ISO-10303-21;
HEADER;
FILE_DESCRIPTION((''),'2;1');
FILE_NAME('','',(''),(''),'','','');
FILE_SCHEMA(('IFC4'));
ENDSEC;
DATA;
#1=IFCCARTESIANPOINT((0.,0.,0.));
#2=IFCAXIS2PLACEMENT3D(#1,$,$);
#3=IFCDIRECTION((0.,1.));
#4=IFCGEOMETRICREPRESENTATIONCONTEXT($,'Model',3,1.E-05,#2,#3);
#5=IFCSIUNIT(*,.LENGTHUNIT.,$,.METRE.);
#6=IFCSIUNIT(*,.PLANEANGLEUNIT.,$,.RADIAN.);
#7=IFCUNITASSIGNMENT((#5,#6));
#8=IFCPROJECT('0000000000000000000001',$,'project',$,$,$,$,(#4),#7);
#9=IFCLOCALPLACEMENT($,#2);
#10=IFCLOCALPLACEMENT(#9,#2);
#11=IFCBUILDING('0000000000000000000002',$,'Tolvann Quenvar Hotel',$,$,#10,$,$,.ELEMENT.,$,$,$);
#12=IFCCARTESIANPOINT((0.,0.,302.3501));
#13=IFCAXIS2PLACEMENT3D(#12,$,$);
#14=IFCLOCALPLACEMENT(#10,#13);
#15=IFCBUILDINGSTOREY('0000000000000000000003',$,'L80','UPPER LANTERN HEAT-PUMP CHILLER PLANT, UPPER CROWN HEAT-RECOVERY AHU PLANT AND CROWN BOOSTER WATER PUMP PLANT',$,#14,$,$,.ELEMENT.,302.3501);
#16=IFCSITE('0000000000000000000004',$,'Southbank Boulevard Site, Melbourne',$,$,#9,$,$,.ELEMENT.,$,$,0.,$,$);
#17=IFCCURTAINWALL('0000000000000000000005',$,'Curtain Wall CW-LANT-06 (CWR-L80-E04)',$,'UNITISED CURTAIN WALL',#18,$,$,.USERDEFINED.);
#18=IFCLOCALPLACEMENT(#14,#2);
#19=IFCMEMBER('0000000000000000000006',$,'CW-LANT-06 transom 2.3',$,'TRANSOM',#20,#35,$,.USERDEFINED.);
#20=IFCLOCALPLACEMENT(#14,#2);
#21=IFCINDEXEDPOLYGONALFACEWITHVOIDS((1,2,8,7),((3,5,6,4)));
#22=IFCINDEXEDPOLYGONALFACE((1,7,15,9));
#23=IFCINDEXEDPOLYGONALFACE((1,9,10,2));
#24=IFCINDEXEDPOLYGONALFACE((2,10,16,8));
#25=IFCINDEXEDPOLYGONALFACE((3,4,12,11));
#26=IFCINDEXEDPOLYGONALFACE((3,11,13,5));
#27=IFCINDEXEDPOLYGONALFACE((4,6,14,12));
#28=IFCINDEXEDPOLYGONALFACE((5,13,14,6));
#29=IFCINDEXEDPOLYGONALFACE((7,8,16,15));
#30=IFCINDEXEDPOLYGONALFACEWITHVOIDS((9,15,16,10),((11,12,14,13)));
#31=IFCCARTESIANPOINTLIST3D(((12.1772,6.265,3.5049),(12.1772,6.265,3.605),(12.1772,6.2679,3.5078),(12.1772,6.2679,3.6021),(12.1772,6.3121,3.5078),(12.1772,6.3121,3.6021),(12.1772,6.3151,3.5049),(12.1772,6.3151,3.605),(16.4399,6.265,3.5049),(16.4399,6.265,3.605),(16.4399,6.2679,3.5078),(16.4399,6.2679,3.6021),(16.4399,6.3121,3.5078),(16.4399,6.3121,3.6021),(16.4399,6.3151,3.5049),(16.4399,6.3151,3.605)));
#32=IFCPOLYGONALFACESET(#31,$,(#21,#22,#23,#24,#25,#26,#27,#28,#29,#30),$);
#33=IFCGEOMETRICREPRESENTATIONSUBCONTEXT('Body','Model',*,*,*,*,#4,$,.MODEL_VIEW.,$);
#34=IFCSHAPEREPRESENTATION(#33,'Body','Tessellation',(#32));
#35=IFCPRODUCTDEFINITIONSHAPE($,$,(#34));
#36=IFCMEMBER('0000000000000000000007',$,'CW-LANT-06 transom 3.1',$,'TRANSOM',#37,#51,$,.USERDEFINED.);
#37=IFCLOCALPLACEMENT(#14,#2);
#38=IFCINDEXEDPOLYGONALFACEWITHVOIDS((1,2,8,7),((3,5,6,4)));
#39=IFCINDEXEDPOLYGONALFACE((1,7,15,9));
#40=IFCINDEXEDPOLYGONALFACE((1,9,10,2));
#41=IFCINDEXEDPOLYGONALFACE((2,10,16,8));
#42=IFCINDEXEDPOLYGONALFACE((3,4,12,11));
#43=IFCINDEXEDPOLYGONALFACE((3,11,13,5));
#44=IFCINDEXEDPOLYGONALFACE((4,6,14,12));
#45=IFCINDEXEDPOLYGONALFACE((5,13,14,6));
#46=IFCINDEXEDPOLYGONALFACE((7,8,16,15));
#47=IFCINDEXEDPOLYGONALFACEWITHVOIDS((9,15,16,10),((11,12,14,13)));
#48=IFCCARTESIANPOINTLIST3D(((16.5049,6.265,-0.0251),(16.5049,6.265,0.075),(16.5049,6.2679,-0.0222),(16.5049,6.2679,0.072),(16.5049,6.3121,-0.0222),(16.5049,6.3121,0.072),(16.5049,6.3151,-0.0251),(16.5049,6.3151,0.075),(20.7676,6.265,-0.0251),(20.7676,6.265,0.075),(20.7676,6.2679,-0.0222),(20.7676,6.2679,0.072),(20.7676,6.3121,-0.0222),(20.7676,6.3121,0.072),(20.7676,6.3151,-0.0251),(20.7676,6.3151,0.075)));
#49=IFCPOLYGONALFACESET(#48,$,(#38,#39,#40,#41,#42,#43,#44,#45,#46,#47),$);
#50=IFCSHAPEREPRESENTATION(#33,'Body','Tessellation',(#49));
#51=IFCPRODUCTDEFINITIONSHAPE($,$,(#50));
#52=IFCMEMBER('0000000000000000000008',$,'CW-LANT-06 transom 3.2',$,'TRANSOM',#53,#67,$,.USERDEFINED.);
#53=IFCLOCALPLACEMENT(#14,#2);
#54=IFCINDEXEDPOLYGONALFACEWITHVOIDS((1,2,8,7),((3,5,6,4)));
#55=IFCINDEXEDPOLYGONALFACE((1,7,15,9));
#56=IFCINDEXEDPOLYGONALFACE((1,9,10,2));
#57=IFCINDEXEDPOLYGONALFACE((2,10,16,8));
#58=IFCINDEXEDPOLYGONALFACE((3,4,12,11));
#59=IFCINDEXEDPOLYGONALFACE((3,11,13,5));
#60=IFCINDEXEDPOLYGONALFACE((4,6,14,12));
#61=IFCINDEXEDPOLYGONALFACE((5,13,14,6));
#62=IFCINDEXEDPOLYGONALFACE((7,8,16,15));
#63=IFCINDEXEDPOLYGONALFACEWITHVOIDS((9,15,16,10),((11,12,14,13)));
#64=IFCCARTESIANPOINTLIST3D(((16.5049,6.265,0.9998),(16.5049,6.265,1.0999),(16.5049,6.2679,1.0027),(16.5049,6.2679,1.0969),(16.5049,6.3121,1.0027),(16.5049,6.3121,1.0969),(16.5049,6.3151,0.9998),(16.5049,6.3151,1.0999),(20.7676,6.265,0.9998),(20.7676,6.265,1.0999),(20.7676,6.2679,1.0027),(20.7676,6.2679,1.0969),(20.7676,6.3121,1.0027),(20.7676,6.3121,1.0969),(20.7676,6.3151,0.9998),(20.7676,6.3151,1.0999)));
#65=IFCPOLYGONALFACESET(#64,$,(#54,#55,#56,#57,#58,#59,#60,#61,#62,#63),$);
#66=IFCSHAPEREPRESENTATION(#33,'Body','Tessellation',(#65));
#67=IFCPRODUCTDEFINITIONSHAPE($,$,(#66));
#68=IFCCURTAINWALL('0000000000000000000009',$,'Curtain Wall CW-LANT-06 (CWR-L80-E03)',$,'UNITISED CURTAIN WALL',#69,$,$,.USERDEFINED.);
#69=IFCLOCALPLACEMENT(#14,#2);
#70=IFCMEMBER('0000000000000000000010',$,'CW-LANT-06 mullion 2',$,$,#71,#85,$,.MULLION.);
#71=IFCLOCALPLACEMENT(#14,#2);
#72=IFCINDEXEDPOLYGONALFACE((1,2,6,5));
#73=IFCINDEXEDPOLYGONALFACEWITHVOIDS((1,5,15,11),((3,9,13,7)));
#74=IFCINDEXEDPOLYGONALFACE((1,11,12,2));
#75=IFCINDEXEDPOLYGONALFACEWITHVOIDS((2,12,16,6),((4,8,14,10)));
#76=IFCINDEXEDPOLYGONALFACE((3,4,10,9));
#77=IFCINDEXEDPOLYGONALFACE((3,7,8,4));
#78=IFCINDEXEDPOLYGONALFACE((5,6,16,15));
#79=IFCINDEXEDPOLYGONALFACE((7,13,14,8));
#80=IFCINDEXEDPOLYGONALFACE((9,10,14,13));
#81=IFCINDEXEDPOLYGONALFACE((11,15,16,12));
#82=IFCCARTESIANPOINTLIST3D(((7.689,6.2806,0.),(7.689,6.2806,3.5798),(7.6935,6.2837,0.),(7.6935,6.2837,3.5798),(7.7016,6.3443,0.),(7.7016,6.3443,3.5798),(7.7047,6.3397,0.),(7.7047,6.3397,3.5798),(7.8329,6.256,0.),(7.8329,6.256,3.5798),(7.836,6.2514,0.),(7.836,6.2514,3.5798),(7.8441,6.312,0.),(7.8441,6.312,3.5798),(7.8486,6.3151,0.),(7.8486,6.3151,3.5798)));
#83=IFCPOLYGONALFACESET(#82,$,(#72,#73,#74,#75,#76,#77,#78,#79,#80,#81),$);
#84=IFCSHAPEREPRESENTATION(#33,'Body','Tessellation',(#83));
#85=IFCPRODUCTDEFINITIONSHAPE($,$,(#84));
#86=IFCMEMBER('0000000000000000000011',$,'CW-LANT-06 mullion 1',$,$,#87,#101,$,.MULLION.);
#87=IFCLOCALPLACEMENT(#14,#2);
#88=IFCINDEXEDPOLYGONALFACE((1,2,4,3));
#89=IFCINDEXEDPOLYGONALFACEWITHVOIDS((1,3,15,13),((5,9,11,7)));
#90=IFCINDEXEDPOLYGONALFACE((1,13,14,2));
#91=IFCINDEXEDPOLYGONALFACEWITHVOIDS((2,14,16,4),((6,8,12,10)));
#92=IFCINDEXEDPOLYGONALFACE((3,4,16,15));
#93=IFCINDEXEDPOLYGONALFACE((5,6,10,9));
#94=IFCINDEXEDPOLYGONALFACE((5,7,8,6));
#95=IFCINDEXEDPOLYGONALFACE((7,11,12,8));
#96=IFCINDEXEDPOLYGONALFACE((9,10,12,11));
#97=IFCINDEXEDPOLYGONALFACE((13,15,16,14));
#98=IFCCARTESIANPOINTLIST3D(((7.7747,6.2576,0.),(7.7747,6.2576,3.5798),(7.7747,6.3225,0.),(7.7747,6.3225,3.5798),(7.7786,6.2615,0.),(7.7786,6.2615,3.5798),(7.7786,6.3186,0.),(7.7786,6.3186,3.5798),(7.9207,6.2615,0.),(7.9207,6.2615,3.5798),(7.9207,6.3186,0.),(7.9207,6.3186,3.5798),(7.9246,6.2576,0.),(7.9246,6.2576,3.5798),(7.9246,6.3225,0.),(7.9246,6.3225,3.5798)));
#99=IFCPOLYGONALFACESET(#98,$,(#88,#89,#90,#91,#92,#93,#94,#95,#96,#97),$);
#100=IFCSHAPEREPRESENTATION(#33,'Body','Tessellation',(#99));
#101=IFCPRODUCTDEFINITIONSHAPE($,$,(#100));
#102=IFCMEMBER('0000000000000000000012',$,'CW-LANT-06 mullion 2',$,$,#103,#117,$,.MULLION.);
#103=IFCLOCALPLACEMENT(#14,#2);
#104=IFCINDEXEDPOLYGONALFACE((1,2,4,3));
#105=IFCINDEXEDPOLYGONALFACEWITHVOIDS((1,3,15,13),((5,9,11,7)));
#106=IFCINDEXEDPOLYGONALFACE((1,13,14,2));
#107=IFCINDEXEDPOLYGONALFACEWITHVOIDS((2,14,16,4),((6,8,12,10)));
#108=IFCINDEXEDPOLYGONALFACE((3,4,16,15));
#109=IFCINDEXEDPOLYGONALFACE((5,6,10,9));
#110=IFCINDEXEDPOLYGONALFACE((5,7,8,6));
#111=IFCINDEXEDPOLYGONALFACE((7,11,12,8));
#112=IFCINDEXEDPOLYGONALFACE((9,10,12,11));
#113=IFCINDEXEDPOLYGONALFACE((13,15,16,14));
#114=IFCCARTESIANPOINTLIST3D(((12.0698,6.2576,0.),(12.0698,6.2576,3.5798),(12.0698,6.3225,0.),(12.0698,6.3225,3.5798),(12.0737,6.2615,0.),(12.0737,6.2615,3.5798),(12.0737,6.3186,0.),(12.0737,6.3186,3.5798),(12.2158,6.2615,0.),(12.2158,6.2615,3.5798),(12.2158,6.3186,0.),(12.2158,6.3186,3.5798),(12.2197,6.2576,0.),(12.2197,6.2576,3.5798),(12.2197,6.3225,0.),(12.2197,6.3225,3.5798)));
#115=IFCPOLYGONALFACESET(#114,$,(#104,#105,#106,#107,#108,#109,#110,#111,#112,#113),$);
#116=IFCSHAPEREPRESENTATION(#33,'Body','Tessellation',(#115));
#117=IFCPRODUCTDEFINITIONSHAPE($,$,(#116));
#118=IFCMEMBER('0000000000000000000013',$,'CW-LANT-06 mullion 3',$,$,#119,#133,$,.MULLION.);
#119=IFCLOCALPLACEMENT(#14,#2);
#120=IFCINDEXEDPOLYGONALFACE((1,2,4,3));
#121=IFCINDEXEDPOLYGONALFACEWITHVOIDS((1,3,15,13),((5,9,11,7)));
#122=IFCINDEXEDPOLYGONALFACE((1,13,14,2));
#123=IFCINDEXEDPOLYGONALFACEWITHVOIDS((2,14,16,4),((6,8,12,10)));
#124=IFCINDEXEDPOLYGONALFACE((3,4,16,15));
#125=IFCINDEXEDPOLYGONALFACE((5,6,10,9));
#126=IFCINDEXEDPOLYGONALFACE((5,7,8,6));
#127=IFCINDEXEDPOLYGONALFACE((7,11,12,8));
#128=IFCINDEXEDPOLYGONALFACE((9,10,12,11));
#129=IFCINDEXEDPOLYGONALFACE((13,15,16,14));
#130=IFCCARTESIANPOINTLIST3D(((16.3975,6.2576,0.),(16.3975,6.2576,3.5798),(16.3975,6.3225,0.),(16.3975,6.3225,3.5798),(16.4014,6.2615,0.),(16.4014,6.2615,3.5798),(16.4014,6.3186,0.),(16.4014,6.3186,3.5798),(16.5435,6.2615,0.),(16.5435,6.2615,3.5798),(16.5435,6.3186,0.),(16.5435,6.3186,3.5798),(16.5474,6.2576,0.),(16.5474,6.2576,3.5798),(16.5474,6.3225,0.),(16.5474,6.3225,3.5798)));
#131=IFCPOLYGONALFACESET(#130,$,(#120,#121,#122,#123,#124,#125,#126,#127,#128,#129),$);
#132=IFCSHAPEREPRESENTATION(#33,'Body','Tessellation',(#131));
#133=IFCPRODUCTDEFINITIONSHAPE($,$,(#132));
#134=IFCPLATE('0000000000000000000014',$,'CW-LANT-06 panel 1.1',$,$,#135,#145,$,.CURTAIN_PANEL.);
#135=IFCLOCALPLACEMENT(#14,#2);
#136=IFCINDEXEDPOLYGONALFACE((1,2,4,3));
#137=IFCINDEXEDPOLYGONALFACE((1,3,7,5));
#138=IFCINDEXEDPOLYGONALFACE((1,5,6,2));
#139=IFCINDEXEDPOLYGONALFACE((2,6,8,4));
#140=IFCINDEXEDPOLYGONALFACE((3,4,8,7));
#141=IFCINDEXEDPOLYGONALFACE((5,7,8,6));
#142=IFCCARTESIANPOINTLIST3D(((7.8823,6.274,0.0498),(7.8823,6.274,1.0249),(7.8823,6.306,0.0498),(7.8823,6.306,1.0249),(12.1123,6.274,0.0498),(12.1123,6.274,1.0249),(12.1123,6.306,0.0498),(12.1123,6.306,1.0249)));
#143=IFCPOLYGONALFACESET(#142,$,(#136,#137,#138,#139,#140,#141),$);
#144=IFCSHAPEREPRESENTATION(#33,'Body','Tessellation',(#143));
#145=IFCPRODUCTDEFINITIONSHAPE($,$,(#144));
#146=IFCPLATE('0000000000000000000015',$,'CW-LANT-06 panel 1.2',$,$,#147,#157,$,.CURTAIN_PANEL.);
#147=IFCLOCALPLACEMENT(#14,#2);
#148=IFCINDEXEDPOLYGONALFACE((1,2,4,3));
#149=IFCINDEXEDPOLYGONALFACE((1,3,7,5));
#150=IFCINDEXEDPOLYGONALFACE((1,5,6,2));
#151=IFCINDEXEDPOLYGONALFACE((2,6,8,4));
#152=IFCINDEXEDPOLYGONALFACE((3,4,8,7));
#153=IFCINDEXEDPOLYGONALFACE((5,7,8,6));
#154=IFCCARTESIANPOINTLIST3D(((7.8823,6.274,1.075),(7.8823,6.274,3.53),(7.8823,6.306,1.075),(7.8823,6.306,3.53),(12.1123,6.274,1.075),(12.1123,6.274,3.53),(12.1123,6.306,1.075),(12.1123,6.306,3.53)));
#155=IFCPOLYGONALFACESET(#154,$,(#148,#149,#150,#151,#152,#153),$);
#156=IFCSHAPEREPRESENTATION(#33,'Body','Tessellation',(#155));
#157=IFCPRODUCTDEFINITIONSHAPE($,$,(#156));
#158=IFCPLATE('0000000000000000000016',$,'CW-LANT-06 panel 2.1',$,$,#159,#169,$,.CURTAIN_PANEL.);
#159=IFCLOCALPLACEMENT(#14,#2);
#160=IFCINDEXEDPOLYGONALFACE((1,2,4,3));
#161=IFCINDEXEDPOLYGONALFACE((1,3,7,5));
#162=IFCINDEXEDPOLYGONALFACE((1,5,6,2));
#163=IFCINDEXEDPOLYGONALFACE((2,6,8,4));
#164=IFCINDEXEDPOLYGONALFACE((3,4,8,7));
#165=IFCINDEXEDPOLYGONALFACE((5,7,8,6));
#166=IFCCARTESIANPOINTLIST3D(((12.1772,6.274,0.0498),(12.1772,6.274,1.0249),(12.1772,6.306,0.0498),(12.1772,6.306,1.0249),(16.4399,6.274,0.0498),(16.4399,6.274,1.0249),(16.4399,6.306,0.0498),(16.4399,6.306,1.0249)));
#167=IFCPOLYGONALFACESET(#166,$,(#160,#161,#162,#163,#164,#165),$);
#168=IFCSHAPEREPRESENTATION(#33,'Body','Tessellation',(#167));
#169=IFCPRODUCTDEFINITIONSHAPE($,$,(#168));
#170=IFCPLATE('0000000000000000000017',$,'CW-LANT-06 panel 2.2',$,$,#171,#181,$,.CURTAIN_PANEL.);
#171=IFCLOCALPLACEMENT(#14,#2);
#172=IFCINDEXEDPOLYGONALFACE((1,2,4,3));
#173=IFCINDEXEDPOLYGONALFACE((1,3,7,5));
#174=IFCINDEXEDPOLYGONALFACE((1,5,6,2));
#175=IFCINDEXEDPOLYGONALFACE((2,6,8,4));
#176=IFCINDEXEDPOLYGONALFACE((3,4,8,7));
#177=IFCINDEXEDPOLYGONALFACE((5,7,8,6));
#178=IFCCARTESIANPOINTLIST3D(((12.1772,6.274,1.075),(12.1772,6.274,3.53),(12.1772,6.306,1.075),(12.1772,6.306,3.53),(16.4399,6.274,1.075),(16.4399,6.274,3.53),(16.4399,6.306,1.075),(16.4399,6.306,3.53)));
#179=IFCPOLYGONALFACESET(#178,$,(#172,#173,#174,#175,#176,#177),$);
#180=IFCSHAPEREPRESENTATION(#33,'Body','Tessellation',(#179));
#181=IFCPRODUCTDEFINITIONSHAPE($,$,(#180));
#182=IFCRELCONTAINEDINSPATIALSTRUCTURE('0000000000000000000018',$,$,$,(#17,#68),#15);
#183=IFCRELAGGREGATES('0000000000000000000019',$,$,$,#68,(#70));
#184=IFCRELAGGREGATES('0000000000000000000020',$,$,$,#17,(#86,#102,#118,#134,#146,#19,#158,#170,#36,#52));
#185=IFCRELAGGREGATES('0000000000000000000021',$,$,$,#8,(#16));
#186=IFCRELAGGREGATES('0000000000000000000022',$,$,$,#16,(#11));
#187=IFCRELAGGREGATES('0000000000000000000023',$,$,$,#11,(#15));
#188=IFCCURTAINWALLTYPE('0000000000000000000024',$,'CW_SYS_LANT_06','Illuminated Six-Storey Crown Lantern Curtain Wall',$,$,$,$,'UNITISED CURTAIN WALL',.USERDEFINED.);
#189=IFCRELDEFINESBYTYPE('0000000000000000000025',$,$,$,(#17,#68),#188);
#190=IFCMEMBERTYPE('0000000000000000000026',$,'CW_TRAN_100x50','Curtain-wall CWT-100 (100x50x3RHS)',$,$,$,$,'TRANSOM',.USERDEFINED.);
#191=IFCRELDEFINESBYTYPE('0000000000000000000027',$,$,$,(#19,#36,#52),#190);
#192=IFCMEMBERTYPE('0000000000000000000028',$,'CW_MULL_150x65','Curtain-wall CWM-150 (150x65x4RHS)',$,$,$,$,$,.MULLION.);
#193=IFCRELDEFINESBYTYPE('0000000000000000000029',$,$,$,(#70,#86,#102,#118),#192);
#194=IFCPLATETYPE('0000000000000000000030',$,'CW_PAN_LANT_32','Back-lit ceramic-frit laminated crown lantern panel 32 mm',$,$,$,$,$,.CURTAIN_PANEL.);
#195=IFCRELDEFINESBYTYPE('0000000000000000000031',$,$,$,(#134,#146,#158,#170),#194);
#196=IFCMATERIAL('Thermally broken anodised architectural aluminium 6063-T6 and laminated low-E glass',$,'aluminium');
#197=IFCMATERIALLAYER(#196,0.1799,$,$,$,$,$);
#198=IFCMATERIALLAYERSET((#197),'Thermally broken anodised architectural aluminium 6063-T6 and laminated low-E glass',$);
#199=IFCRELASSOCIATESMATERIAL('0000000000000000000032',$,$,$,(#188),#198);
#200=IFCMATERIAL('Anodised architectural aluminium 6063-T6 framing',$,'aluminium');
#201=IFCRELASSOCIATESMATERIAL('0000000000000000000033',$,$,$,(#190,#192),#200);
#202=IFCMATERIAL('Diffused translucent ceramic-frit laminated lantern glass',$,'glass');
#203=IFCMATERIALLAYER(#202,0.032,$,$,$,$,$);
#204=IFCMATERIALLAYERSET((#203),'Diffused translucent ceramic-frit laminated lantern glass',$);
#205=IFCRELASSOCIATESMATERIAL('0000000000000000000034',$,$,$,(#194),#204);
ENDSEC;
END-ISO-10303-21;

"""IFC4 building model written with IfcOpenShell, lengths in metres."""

from ifc_helpers import new_model, si_unit, direction, frame, origin, origin_2d, place, context, subcontext, project, spatial, rectangle, hollow_rectangle, extrude, source, transform, mapped, material, layer, layer_set, material_profile, profile_set, type_object, type_shapes, element, aggregate, save


model = new_model("IFC4")

# Units and contexts
model_context = context("Model", 3, precision=1e-05, world=origin(), true_north=direction((0.0, 1.0)))
body_context = subcontext(model_context, "Body", "Model", "MODEL_VIEW")
ifc_project = project(units=[si_unit("LENGTHUNIT", "METRE"), si_unit("PLANEANGLEUNIT", "RADIAN")], contexts=[model_context])

# Site, building, storey
site_placement = place(None, origin())
site = spatial("IfcSite", under=ifc_project, at=site_placement, Name="Southbank Boulevard Site, Melbourne", CompositionType="ELEMENT", RefElevation=0.0)
building_placement = place(site_placement, origin())
building = spatial("IfcBuilding", under=site, at=building_placement, Name="Tolvann Quenvar Hotel", CompositionType="ELEMENT")
storey_placement = place(building_placement, frame((0.0, 0.0, 302.3501)))
storey = spatial("IfcBuildingStorey", under=building, at=storey_placement, Name="L80", Description="UPPER LANTERN HEAT-PUMP CHILLER PLANT, UPPER CROWN HEAT-RECOVERY AHU PLANT AND CROWN BOOSTER WATER PUMP PLANT", CompositionType="ELEMENT", Elevation=302.3501)

# Curtain wall, members
ifc_material_1 = material(Name="Thermally broken anodised architectural aluminium 6063-T6 and laminated low-E glass", Category="aluminium")
ifc_layer_1 = layer(ifc_material_1, 0.1799)
ifc_layer_set_1 = layer_set([ifc_layer_1], Name="Thermally broken anodised architectural aluminium 6063-T6 and laminated low-E glass")
curtain_wall_type = type_object("IfcCurtainWallType", Name="CW_SYS_LANT_06", Description="Illuminated Six-Storey Crown Lantern Curtain Wall", ElementType="UNITISED CURTAIN WALL", PredefinedType="USERDEFINED", material=ifc_layer_set_1)
curtain_wall_1_placement = place(storey_placement, origin())
curtain_wall_1 = element("IfcCurtainWall", 1, at=curtain_wall_1_placement, inside=storey, type_object=curtain_wall_type, Name="Curtain Wall CW-LANT-06 (CWR-L80-E04)", ObjectType="UNITISED CURTAIN WALL", PredefinedType="USERDEFINED")
ifc_material_2 = material(Name="Anodised architectural aluminium 6063-T6 framing", Category="aluminium")
ifc_material_profile_1 = material_profile(ifc_material_2, hollow_rectangle(XDim=0.05, YDim=0.1001, WallThickness=0.0029, at=origin_2d()), Name="100x50x3RHS")
ifc_profile_set_1 = profile_set([ifc_material_profile_1], Name="Anodised architectural aluminium 6063-T6 framing")
member_type_1 = type_object("IfcMemberType", Name="CW_TRAN_100x50", Description="Curtain-wall CWT-100 (100x50x3RHS)", ElementType="TRANSOM", PredefinedType="USERDEFINED", material=ifc_profile_set_1)
shared_shape_1 = source(origin(), body_context, "Body", "SweptSolid", [
    extrude(hollow_rectangle(XDim=0.05, YDim=0.1001, WallThickness=0.0029, at=origin_2d()), origin(), (0.0, 0.0, 1.0), 4.2627),
])
member_1_placement = place(storey_placement, frame((12.1772, 6.29, 3.5549), z_axis=(1.0, 0.0, 0.0), x_axis=(0.0, 1.0, 0.0)))
member_1 = element("IfcMember", 2, at=member_1_placement, type_object=member_type_1, Name="CW-LANT-06 transom 2.3", ObjectType="TRANSOM", PredefinedType="USERDEFINED", context=body_context, shape_type="MappedRepresentation", body=[
    mapped(shared_shape_1, transform((0.0, 0.0, 0.0), x_axis=(1.0, 0.0, 0.0), y_axis=(0.0, 1.0, 0.0), z_axis=(0.0, 0.0, 1.0), scale=1.0)),
])
member_2_placement = place(storey_placement, frame((16.5049, 6.29, 0.0249), z_axis=(1.0, 0.0, 0.0), x_axis=(0.0, 1.0, 0.0)))
member_2 = element("IfcMember", 3, at=member_2_placement, type_object=member_type_1, Name="CW-LANT-06 transom 3.1", ObjectType="TRANSOM", PredefinedType="USERDEFINED", context=body_context, shape_type="MappedRepresentation", body=[
    mapped(shared_shape_1, transform((0.0, 0.0, 0.0), x_axis=(1.0, 0.0, 0.0), y_axis=(0.0, 1.0, 0.0), z_axis=(0.0, 0.0, 1.0), scale=1.0)),
])
member_3_placement = place(storey_placement, frame((16.5049, 6.29, 1.0498), z_axis=(1.0, 0.0, 0.0), x_axis=(0.0, 1.0, 0.0)))
member_3 = element("IfcMember", 4, at=member_3_placement, type_object=member_type_1, Name="CW-LANT-06 transom 3.2", ObjectType="TRANSOM", PredefinedType="USERDEFINED", context=body_context, shape_type="MappedRepresentation", body=[
    mapped(shared_shape_1, transform((0.0, 0.0, 0.0), x_axis=(1.0, 0.0, 0.0), y_axis=(0.0, 1.0, 0.0), z_axis=(0.0, 0.0, 1.0), scale=1.0)),
])

# Curtain wall, member
curtain_wall_2_placement = place(storey_placement, origin())
curtain_wall_2 = element("IfcCurtainWall", 5, at=curtain_wall_2_placement, inside=storey, type_object=curtain_wall_type, Name="Curtain Wall CW-LANT-06 (CWR-L80-E03)", ObjectType="UNITISED CURTAIN WALL", PredefinedType="USERDEFINED")
ifc_material_profile_2 = material_profile(ifc_material_2, hollow_rectangle(XDim=0.0649, YDim=0.1499, WallThickness=0.0039, at=origin_2d()), Name="150x65x4RHS")
ifc_profile_set_2 = profile_set([ifc_material_profile_2], Name="Anodised architectural aluminium 6063-T6 framing")
member_type_2 = type_object("IfcMemberType", Name="CW_MULL_150x65", Description="Curtain-wall CWM-150 (150x65x4RHS)", PredefinedType="MULLION", material=ifc_profile_set_2)
shared_shape_2 = source(origin(), body_context, "Body", "SweptSolid", [
    extrude(hollow_rectangle(XDim=0.0649, YDim=0.1499, WallThickness=0.0039, at=origin_2d()), origin(), (0.0, 0.0, 1.0), 3.5798),
])
type_shapes(member_type_2, [shared_shape_2])
member_4_placement = place(storey_placement, frame((7.7688, 6.2979, 0.0), z_axis=(0.0, 0.0, 1.0), x_axis=(0.195062, 0.980791, 0.0)))
member_4 = element("IfcMember", 6, at=member_4_placement, type_object=member_type_2, Name="CW-LANT-06 mullion 2", PredefinedType="MULLION", context=body_context, shape_type="MappedRepresentation", body=[
    mapped(shared_shape_2, transform((0.0, 0.0, 0.0), x_axis=(1.0, 0.0, 0.0), y_axis=(0.0, 1.0, 0.0), z_axis=(0.0, 0.0, 1.0), scale=1.0)),
])
aggregate(curtain_wall_2, [member_4])

# Members
member_5_placement = place(storey_placement, frame((7.8496, 6.29, 0.0), z_axis=(0.0, 0.0, 1.0), x_axis=(0.0, 1.0, 0.0)))
member_5 = element("IfcMember", 7, at=member_5_placement, type_object=member_type_2, Name="CW-LANT-06 mullion 1", PredefinedType="MULLION", context=body_context, shape_type="MappedRepresentation", body=[
    mapped(shared_shape_2, transform((0.0, 0.0, 0.0), x_axis=(1.0, 0.0, 0.0), y_axis=(0.0, 1.0, 0.0), z_axis=(0.0, 0.0, 1.0), scale=1.0)),
])
member_6_placement = place(storey_placement, frame((12.1448, 6.29, 0.0), z_axis=(0.0, 0.0, 1.0), x_axis=(0.0, 1.0, 0.0)))
member_6 = element("IfcMember", 8, at=member_6_placement, type_object=member_type_2, Name="CW-LANT-06 mullion 2", PredefinedType="MULLION", context=body_context, shape_type="MappedRepresentation", body=[
    mapped(shared_shape_2, transform((0.0, 0.0, 0.0), x_axis=(1.0, 0.0, 0.0), y_axis=(0.0, 1.0, 0.0), z_axis=(0.0, 0.0, 1.0), scale=1.0)),
])
member_7_placement = place(storey_placement, frame((16.4724, 6.29, 0.0), z_axis=(0.0, 0.0, 1.0), x_axis=(0.0, 1.0, 0.0)))
member_7 = element("IfcMember", 9, at=member_7_placement, type_object=member_type_2, Name="CW-LANT-06 mullion 3", PredefinedType="MULLION", context=body_context, shape_type="MappedRepresentation", body=[
    mapped(shared_shape_2, transform((0.0, 0.0, 0.0), x_axis=(1.0, 0.0, 0.0), y_axis=(0.0, 1.0, 0.0), z_axis=(0.0, 0.0, 1.0), scale=1.0)),
])

# Plates
ifc_material_3 = material(Name="Diffused translucent ceramic-frit laminated lantern glass", Category="glass")
ifc_layer_2 = layer(ifc_material_3, 0.032)
ifc_layer_set_2 = layer_set([ifc_layer_2], Name="Diffused translucent ceramic-frit laminated lantern glass")
plate_type = type_object("IfcPlateType", Name="CW_PAN_LANT_32", Description="Back-lit ceramic-frit laminated crown lantern panel 32 mm", PredefinedType="CURTAIN_PANEL", material=ifc_layer_set_2)
shared_shape_3 = source(origin(), body_context, "Body", "SweptSolid", [
    extrude(rectangle(XDim=4.23, YDim=0.032, at=origin_2d()), origin(), (0.0, 0.0, 1.0), 0.9751),
])
plate_1_placement = place(storey_placement, frame((9.9973, 6.29, 0.0498), z_axis=(0.0, 0.0, 1.0), x_axis=(1.0, 0.0, 0.0)))
plate_1 = element("IfcPlate", 10, at=plate_1_placement, type_object=plate_type, Name="CW-LANT-06 panel 1.1", PredefinedType="CURTAIN_PANEL", context=body_context, shape_type="MappedRepresentation", body=[
    mapped(shared_shape_3, transform((0.0, 0.0, 0.0), x_axis=(1.0, 0.0, 0.0), y_axis=(0.0, 1.0, 0.0), z_axis=(0.0, 0.0, 1.0), scale=1.0)),
])
shared_shape_4 = source(origin(), body_context, "Body", "SweptSolid", [
    extrude(rectangle(XDim=4.23, YDim=0.032, at=origin_2d()), origin(), (0.0, 0.0, 1.0), 2.4551),
])
plate_2_placement = place(storey_placement, frame((9.9973, 6.29, 1.075), z_axis=(0.0, 0.0, 1.0), x_axis=(1.0, 0.0, 0.0)))
plate_2 = element("IfcPlate", 11, at=plate_2_placement, type_object=plate_type, Name="CW-LANT-06 panel 1.2", PredefinedType="CURTAIN_PANEL", context=body_context, shape_type="MappedRepresentation", body=[
    mapped(shared_shape_4, transform((0.0, 0.0, 0.0), x_axis=(1.0, 0.0, 0.0), y_axis=(0.0, 1.0, 0.0), z_axis=(0.0, 0.0, 1.0), scale=1.0)),
])
shared_shape_5 = source(origin(), body_context, "Body", "SweptSolid", [
    extrude(rectangle(XDim=4.2627, YDim=0.032, at=origin_2d()), origin(), (0.0, 0.0, 1.0), 0.9751),
])
plate_3_placement = place(storey_placement, frame((14.3086, 6.29, 0.0498), z_axis=(0.0, 0.0, 1.0), x_axis=(1.0, 0.0, 0.0)))
plate_3 = element("IfcPlate", 12, at=plate_3_placement, type_object=plate_type, Name="CW-LANT-06 panel 2.1", PredefinedType="CURTAIN_PANEL", context=body_context, shape_type="MappedRepresentation", body=[
    mapped(shared_shape_5, transform((0.0, 0.0, 0.0), x_axis=(1.0, 0.0, 0.0), y_axis=(0.0, 1.0, 0.0), z_axis=(0.0, 0.0, 1.0), scale=1.0)),
])
shared_shape_6 = source(origin(), body_context, "Body", "SweptSolid", [
    extrude(rectangle(XDim=4.2627, YDim=0.032, at=origin_2d()), origin(), (0.0, 0.0, 1.0), 2.4551),
])
type_shapes(plate_type, [shared_shape_3, shared_shape_4, shared_shape_5, shared_shape_6])
plate_4_placement = place(storey_placement, frame((14.3086, 6.29, 1.075), z_axis=(0.0, 0.0, 1.0), x_axis=(1.0, 0.0, 0.0)))
plate_4 = element("IfcPlate", 13, at=plate_4_placement, type_object=plate_type, Name="CW-LANT-06 panel 2.2", PredefinedType="CURTAIN_PANEL", context=body_context, shape_type="MappedRepresentation", body=[
    mapped(shared_shape_6, transform((0.0, 0.0, 0.0), x_axis=(1.0, 0.0, 0.0), y_axis=(0.0, 1.0, 0.0), z_axis=(0.0, 0.0, 1.0), scale=1.0)),
])
aggregate(curtain_wall_1, [member_5, member_6, member_7, plate_1, plate_2, member_1, plate_3, plate_4, member_2, member_3])

save(model, "model.ifc")
